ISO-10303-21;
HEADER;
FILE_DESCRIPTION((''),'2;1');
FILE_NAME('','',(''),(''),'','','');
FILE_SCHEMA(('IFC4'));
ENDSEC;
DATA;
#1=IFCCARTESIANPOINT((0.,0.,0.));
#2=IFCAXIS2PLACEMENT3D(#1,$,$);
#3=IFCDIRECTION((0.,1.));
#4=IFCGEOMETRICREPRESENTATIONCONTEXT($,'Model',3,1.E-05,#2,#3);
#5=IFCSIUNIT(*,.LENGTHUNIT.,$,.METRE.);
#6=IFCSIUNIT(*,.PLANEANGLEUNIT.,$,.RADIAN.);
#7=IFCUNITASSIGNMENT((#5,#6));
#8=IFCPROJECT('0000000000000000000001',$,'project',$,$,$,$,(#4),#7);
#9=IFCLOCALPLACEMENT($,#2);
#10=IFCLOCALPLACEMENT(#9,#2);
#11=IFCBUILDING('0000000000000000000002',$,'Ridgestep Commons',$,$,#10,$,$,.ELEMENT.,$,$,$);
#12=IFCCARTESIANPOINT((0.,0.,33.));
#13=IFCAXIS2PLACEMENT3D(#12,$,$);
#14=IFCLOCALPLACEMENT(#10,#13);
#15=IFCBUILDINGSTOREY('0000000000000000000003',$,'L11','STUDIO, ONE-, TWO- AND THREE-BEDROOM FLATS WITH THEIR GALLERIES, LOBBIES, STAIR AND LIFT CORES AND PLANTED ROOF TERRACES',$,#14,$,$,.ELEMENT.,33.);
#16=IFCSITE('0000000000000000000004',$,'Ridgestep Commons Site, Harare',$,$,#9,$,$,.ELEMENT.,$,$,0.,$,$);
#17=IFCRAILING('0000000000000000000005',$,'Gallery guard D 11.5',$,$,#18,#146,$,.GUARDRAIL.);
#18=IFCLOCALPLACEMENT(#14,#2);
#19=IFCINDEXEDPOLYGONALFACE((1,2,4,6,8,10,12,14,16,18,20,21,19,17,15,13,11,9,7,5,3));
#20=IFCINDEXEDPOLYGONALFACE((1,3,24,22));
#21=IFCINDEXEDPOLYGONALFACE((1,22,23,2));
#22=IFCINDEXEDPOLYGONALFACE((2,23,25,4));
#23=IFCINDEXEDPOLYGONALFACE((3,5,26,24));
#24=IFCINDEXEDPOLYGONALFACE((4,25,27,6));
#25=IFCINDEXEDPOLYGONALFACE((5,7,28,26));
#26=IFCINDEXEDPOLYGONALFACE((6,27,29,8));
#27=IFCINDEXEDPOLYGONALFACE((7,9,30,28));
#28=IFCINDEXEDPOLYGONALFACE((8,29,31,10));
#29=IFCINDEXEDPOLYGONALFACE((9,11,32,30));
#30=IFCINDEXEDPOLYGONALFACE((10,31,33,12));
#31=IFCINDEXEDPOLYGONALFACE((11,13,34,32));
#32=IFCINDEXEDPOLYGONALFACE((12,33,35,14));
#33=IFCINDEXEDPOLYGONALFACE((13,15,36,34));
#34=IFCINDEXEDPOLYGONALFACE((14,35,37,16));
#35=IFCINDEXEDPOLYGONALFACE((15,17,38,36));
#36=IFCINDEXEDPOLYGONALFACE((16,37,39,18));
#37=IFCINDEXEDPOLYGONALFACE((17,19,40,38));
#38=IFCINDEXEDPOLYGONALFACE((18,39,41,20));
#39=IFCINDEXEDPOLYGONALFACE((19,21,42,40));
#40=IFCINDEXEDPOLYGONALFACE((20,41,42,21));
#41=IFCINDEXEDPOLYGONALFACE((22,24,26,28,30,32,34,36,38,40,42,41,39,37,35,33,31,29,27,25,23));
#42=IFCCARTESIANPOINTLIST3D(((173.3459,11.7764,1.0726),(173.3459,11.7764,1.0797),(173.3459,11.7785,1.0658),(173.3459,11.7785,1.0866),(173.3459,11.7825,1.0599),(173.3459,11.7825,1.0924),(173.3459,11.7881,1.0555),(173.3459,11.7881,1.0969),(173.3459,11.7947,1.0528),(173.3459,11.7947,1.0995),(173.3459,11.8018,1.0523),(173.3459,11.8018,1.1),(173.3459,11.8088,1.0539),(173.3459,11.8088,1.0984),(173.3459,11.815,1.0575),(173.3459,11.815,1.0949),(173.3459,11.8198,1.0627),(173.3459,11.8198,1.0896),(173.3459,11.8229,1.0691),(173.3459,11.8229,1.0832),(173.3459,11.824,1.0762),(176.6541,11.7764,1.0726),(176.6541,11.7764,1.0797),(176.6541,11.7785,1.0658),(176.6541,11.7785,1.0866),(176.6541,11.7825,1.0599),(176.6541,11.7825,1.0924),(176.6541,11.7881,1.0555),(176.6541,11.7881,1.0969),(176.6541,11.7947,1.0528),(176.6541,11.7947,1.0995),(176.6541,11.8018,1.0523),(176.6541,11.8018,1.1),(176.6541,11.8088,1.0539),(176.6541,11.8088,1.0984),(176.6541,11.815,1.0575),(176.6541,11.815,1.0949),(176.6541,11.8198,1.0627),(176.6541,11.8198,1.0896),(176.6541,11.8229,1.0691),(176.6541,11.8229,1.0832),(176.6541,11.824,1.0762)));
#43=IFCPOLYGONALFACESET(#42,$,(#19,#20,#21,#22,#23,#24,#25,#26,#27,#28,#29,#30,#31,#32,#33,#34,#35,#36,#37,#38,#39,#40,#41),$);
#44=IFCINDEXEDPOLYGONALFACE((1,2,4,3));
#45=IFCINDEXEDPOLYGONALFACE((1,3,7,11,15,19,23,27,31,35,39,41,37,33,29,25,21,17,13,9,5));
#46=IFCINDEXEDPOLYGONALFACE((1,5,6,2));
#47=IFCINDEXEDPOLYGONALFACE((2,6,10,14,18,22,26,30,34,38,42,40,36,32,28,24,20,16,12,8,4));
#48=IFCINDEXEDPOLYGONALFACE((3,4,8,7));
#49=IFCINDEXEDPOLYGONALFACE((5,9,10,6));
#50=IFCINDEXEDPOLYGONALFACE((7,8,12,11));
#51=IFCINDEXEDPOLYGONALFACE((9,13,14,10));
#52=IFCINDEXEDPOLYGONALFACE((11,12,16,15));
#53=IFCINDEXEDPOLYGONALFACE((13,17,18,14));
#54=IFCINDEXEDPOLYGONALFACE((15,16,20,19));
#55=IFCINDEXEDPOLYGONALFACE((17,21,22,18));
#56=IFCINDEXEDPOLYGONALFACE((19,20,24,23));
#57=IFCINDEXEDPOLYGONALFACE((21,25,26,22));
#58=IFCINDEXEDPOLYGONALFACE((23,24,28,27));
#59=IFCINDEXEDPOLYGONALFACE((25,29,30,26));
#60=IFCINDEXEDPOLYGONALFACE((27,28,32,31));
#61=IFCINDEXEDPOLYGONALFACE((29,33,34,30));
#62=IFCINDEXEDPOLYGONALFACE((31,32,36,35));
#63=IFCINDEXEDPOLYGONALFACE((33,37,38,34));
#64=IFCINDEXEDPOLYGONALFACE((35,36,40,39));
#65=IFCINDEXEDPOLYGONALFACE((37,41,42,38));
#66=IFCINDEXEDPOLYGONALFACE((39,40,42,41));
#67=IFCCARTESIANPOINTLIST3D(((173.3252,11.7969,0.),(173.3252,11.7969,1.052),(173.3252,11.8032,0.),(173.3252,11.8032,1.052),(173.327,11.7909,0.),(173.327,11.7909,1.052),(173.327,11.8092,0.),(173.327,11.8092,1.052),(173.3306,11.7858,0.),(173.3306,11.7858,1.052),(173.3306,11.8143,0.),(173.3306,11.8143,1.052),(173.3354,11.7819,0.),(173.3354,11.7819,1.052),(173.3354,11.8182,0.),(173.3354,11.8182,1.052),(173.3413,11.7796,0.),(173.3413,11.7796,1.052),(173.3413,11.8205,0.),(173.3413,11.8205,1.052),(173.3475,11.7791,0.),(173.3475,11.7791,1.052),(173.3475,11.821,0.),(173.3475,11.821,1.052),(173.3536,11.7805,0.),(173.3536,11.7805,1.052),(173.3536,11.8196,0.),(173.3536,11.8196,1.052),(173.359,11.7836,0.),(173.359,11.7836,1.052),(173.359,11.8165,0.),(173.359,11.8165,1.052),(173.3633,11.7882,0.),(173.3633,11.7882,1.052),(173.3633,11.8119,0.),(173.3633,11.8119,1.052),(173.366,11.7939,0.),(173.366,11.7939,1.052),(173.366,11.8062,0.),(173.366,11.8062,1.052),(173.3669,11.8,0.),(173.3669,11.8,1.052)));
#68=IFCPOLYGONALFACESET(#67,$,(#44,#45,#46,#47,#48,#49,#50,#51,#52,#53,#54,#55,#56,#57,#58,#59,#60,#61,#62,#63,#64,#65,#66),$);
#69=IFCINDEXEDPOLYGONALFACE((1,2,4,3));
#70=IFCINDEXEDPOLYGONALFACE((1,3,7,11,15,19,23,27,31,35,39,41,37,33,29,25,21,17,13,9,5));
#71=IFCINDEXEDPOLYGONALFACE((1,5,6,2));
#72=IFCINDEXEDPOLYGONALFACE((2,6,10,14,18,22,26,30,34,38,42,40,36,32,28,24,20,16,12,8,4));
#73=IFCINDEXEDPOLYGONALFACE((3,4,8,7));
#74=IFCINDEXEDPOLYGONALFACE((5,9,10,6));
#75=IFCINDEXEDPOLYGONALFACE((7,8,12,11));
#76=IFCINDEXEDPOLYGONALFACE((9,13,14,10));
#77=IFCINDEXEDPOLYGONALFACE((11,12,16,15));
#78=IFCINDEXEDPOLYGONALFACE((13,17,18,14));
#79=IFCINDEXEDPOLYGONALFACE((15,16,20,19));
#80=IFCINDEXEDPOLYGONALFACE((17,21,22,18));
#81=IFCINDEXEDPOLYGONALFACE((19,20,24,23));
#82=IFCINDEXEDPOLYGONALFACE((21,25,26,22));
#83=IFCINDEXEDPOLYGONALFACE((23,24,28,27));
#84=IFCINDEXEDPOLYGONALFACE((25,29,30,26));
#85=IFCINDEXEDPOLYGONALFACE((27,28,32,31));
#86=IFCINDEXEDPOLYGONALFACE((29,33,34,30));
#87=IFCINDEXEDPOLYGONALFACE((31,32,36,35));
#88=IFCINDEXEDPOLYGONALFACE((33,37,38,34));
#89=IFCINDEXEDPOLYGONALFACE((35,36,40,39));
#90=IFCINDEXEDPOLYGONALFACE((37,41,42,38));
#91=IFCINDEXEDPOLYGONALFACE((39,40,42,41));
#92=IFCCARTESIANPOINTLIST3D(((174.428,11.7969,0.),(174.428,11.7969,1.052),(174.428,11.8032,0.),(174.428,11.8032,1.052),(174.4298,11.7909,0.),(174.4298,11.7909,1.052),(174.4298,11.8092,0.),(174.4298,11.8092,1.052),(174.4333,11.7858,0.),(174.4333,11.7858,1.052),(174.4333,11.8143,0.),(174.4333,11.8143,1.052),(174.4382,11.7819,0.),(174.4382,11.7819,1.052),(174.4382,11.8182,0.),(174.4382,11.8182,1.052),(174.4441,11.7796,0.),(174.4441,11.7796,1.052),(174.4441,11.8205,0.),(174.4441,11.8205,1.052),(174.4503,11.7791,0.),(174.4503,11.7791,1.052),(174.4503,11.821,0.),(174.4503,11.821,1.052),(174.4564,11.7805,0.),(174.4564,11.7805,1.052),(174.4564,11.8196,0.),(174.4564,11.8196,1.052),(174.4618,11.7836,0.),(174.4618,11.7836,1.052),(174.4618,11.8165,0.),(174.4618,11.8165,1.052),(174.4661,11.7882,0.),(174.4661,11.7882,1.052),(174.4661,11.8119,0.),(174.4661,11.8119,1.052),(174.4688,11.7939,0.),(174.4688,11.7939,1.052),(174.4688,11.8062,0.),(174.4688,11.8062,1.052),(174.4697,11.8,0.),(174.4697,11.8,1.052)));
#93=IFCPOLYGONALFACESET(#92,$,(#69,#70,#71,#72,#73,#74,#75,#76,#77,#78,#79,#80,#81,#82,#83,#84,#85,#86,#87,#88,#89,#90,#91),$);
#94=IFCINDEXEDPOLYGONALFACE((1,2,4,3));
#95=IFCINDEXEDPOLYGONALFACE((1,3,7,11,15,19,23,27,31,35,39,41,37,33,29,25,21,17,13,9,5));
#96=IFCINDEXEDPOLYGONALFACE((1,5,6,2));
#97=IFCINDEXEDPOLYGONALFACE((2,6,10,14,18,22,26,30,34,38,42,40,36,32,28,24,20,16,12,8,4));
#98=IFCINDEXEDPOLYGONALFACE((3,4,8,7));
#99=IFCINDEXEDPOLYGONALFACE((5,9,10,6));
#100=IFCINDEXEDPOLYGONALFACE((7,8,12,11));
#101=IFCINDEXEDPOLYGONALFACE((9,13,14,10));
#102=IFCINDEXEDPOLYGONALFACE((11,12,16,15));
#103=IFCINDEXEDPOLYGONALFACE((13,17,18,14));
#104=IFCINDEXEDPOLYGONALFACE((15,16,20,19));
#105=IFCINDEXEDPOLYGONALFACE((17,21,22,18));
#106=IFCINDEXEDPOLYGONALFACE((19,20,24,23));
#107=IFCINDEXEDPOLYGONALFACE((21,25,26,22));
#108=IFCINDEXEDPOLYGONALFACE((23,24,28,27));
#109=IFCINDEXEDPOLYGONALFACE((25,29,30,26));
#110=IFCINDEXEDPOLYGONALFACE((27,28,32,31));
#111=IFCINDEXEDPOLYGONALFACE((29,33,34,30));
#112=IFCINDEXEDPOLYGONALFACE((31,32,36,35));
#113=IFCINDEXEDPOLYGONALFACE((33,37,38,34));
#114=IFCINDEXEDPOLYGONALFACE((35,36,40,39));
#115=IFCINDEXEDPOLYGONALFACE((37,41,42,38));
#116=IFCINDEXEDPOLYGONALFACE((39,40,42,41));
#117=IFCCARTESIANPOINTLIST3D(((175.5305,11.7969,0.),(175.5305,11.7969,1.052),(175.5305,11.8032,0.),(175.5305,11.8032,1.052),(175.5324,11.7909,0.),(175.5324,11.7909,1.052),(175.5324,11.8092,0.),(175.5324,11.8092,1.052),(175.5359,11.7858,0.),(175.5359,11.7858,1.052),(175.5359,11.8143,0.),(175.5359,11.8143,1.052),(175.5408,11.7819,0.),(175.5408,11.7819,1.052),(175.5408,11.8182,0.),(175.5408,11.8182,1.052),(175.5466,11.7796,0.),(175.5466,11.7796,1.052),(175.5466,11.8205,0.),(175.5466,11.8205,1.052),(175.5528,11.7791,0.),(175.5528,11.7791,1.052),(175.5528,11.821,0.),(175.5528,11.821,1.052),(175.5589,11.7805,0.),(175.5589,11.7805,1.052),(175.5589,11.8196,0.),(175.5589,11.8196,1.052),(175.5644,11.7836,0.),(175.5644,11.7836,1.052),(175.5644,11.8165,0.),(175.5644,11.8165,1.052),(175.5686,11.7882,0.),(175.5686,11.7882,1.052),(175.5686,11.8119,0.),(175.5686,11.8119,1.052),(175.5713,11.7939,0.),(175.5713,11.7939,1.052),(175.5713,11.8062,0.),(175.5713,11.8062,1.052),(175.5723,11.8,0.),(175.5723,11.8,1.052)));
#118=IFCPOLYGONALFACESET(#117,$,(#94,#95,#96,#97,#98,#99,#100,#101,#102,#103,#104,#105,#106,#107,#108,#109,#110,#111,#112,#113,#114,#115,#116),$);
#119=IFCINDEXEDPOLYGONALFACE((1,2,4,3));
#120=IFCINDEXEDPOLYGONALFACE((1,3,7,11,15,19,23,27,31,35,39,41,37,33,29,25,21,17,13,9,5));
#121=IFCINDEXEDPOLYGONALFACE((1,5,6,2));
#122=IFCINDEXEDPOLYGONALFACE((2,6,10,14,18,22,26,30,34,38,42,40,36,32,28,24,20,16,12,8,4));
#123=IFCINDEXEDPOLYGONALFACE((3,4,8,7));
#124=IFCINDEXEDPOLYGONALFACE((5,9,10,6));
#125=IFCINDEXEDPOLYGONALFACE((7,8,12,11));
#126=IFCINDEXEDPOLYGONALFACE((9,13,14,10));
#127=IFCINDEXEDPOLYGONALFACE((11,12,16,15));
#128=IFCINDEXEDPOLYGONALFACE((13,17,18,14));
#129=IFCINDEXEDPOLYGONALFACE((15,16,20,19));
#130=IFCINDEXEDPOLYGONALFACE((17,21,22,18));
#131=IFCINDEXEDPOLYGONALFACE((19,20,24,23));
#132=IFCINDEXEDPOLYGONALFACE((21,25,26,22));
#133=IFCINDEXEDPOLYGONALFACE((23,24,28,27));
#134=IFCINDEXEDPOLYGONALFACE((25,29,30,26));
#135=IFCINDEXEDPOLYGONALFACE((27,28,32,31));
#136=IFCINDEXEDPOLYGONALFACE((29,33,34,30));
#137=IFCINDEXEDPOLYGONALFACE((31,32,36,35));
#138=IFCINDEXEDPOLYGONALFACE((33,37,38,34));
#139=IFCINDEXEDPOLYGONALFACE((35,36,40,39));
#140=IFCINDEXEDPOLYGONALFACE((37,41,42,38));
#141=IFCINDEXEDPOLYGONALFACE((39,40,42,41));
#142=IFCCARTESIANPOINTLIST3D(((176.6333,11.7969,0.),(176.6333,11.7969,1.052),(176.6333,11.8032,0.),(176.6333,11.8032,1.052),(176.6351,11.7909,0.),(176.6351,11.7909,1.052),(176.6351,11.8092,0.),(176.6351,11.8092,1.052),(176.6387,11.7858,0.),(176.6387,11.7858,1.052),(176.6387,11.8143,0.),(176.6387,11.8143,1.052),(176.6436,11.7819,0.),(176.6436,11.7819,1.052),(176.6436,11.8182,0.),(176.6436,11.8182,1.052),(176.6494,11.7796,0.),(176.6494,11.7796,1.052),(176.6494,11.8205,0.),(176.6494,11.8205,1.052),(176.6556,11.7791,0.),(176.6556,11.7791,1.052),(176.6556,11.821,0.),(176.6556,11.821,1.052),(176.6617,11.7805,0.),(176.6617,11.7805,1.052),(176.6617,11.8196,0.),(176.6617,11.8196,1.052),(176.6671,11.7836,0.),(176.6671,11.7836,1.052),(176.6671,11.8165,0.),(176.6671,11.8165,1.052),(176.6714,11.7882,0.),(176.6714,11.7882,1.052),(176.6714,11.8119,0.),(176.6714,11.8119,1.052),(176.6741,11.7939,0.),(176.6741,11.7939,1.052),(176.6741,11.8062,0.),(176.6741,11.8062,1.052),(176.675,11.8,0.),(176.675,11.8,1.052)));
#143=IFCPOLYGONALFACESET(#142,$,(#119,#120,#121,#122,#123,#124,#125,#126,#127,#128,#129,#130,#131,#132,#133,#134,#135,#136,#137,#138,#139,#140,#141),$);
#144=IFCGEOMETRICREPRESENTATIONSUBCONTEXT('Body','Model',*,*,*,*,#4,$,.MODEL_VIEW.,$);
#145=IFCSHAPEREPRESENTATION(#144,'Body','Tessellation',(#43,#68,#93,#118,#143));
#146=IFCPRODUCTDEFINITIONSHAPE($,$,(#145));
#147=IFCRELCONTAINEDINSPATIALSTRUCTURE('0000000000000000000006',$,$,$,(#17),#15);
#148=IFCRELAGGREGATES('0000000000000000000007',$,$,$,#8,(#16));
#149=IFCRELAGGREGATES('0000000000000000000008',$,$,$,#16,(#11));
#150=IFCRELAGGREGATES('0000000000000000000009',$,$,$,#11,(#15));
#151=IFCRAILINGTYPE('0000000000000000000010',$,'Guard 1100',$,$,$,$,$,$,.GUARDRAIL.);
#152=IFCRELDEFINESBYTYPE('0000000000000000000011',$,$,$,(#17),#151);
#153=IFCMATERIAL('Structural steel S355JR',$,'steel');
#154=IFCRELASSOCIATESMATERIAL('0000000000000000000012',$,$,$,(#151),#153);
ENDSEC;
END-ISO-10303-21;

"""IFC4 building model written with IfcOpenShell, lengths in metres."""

from ifc_helpers import new_model, si_unit, direction, frame, origin, origin_2d, place, context, subcontext, project, spatial, circle, extrude, material, type_object, element, save


model = new_model("IFC4")

# Units and contexts
model_context = context("Model", 3, precision=1e-05, world=origin(), true_north=direction((0.0, 1.0)))
body_context = subcontext(model_context, "Body", "Model", "MODEL_VIEW")
ifc_project = project(units=[si_unit("LENGTHUNIT", "METRE"), si_unit("PLANEANGLEUNIT", "RADIAN")], contexts=[model_context])

# Site, building, storey
site_placement = place(None, origin())
site = spatial("IfcSite", under=ifc_project, at=site_placement, Name="Ridgestep Commons Site, Harare", CompositionType="ELEMENT", RefElevation=0.0)
building_placement = place(site_placement, origin())
building = spatial("IfcBuilding", under=site, at=building_placement, Name="Ridgestep Commons", CompositionType="ELEMENT")
storey_placement = place(building_placement, frame((0.0, 0.0, 33.0)))
storey = spatial("IfcBuildingStorey", under=building, at=storey_placement, Name="L11", Description="STUDIO, ONE-, TWO- AND THREE-BEDROOM FLATS WITH THEIR GALLERIES, LOBBIES, STAIR AND LIFT CORES AND PLANTED ROOF TERRACES", CompositionType="ELEMENT", Elevation=33.0)

# Railing
ifc_material_1 = material(Name="Structural steel S355JR", Category="steel")
railing_type_1 = type_object("IfcRailingType", Name="Guard 1100", PredefinedType="GUARDRAIL", material=ifc_material_1)
railing_1_placement = place(storey_placement, frame((173.3459, 11.8, 0.0)))
element("IfcRailing", 1, at=railing_1_placement, inside=storey, type_object=railing_type_1, Name="Gallery guard D 11.5", PredefinedType="GUARDRAIL", context=body_context, shape_type="SweptSolid", body=[
    extrude(circle(Radius=0.0239, at=origin_2d()), frame((0.0, 0.0, 1.0762), z_axis=(1.0, 0.0, 0.0), x_axis=(0.0, 1.0, 0.0)), (0.0, 0.0, 1.0), 3.3081),
    extrude(circle(Radius=0.021, at=origin_2d()), origin(), (0.0, 0.0, 1.0), 1.052),
    extrude(circle(Radius=0.021, at=origin_2d()), frame((1.1028, 0.0, 0.0)), (0.0, 0.0, 1.0), 1.052),
    extrude(circle(Radius=0.021, at=origin_2d()), frame((2.2053, 0.0, 0.0)), (0.0, 0.0, 1.0), 1.052),
    extrude(circle(Radius=0.021, at=origin_2d()), frame((3.3081, 0.0, 0.0)), (0.0, 0.0, 1.0), 1.052),
])

save(model, "model.ifc")
